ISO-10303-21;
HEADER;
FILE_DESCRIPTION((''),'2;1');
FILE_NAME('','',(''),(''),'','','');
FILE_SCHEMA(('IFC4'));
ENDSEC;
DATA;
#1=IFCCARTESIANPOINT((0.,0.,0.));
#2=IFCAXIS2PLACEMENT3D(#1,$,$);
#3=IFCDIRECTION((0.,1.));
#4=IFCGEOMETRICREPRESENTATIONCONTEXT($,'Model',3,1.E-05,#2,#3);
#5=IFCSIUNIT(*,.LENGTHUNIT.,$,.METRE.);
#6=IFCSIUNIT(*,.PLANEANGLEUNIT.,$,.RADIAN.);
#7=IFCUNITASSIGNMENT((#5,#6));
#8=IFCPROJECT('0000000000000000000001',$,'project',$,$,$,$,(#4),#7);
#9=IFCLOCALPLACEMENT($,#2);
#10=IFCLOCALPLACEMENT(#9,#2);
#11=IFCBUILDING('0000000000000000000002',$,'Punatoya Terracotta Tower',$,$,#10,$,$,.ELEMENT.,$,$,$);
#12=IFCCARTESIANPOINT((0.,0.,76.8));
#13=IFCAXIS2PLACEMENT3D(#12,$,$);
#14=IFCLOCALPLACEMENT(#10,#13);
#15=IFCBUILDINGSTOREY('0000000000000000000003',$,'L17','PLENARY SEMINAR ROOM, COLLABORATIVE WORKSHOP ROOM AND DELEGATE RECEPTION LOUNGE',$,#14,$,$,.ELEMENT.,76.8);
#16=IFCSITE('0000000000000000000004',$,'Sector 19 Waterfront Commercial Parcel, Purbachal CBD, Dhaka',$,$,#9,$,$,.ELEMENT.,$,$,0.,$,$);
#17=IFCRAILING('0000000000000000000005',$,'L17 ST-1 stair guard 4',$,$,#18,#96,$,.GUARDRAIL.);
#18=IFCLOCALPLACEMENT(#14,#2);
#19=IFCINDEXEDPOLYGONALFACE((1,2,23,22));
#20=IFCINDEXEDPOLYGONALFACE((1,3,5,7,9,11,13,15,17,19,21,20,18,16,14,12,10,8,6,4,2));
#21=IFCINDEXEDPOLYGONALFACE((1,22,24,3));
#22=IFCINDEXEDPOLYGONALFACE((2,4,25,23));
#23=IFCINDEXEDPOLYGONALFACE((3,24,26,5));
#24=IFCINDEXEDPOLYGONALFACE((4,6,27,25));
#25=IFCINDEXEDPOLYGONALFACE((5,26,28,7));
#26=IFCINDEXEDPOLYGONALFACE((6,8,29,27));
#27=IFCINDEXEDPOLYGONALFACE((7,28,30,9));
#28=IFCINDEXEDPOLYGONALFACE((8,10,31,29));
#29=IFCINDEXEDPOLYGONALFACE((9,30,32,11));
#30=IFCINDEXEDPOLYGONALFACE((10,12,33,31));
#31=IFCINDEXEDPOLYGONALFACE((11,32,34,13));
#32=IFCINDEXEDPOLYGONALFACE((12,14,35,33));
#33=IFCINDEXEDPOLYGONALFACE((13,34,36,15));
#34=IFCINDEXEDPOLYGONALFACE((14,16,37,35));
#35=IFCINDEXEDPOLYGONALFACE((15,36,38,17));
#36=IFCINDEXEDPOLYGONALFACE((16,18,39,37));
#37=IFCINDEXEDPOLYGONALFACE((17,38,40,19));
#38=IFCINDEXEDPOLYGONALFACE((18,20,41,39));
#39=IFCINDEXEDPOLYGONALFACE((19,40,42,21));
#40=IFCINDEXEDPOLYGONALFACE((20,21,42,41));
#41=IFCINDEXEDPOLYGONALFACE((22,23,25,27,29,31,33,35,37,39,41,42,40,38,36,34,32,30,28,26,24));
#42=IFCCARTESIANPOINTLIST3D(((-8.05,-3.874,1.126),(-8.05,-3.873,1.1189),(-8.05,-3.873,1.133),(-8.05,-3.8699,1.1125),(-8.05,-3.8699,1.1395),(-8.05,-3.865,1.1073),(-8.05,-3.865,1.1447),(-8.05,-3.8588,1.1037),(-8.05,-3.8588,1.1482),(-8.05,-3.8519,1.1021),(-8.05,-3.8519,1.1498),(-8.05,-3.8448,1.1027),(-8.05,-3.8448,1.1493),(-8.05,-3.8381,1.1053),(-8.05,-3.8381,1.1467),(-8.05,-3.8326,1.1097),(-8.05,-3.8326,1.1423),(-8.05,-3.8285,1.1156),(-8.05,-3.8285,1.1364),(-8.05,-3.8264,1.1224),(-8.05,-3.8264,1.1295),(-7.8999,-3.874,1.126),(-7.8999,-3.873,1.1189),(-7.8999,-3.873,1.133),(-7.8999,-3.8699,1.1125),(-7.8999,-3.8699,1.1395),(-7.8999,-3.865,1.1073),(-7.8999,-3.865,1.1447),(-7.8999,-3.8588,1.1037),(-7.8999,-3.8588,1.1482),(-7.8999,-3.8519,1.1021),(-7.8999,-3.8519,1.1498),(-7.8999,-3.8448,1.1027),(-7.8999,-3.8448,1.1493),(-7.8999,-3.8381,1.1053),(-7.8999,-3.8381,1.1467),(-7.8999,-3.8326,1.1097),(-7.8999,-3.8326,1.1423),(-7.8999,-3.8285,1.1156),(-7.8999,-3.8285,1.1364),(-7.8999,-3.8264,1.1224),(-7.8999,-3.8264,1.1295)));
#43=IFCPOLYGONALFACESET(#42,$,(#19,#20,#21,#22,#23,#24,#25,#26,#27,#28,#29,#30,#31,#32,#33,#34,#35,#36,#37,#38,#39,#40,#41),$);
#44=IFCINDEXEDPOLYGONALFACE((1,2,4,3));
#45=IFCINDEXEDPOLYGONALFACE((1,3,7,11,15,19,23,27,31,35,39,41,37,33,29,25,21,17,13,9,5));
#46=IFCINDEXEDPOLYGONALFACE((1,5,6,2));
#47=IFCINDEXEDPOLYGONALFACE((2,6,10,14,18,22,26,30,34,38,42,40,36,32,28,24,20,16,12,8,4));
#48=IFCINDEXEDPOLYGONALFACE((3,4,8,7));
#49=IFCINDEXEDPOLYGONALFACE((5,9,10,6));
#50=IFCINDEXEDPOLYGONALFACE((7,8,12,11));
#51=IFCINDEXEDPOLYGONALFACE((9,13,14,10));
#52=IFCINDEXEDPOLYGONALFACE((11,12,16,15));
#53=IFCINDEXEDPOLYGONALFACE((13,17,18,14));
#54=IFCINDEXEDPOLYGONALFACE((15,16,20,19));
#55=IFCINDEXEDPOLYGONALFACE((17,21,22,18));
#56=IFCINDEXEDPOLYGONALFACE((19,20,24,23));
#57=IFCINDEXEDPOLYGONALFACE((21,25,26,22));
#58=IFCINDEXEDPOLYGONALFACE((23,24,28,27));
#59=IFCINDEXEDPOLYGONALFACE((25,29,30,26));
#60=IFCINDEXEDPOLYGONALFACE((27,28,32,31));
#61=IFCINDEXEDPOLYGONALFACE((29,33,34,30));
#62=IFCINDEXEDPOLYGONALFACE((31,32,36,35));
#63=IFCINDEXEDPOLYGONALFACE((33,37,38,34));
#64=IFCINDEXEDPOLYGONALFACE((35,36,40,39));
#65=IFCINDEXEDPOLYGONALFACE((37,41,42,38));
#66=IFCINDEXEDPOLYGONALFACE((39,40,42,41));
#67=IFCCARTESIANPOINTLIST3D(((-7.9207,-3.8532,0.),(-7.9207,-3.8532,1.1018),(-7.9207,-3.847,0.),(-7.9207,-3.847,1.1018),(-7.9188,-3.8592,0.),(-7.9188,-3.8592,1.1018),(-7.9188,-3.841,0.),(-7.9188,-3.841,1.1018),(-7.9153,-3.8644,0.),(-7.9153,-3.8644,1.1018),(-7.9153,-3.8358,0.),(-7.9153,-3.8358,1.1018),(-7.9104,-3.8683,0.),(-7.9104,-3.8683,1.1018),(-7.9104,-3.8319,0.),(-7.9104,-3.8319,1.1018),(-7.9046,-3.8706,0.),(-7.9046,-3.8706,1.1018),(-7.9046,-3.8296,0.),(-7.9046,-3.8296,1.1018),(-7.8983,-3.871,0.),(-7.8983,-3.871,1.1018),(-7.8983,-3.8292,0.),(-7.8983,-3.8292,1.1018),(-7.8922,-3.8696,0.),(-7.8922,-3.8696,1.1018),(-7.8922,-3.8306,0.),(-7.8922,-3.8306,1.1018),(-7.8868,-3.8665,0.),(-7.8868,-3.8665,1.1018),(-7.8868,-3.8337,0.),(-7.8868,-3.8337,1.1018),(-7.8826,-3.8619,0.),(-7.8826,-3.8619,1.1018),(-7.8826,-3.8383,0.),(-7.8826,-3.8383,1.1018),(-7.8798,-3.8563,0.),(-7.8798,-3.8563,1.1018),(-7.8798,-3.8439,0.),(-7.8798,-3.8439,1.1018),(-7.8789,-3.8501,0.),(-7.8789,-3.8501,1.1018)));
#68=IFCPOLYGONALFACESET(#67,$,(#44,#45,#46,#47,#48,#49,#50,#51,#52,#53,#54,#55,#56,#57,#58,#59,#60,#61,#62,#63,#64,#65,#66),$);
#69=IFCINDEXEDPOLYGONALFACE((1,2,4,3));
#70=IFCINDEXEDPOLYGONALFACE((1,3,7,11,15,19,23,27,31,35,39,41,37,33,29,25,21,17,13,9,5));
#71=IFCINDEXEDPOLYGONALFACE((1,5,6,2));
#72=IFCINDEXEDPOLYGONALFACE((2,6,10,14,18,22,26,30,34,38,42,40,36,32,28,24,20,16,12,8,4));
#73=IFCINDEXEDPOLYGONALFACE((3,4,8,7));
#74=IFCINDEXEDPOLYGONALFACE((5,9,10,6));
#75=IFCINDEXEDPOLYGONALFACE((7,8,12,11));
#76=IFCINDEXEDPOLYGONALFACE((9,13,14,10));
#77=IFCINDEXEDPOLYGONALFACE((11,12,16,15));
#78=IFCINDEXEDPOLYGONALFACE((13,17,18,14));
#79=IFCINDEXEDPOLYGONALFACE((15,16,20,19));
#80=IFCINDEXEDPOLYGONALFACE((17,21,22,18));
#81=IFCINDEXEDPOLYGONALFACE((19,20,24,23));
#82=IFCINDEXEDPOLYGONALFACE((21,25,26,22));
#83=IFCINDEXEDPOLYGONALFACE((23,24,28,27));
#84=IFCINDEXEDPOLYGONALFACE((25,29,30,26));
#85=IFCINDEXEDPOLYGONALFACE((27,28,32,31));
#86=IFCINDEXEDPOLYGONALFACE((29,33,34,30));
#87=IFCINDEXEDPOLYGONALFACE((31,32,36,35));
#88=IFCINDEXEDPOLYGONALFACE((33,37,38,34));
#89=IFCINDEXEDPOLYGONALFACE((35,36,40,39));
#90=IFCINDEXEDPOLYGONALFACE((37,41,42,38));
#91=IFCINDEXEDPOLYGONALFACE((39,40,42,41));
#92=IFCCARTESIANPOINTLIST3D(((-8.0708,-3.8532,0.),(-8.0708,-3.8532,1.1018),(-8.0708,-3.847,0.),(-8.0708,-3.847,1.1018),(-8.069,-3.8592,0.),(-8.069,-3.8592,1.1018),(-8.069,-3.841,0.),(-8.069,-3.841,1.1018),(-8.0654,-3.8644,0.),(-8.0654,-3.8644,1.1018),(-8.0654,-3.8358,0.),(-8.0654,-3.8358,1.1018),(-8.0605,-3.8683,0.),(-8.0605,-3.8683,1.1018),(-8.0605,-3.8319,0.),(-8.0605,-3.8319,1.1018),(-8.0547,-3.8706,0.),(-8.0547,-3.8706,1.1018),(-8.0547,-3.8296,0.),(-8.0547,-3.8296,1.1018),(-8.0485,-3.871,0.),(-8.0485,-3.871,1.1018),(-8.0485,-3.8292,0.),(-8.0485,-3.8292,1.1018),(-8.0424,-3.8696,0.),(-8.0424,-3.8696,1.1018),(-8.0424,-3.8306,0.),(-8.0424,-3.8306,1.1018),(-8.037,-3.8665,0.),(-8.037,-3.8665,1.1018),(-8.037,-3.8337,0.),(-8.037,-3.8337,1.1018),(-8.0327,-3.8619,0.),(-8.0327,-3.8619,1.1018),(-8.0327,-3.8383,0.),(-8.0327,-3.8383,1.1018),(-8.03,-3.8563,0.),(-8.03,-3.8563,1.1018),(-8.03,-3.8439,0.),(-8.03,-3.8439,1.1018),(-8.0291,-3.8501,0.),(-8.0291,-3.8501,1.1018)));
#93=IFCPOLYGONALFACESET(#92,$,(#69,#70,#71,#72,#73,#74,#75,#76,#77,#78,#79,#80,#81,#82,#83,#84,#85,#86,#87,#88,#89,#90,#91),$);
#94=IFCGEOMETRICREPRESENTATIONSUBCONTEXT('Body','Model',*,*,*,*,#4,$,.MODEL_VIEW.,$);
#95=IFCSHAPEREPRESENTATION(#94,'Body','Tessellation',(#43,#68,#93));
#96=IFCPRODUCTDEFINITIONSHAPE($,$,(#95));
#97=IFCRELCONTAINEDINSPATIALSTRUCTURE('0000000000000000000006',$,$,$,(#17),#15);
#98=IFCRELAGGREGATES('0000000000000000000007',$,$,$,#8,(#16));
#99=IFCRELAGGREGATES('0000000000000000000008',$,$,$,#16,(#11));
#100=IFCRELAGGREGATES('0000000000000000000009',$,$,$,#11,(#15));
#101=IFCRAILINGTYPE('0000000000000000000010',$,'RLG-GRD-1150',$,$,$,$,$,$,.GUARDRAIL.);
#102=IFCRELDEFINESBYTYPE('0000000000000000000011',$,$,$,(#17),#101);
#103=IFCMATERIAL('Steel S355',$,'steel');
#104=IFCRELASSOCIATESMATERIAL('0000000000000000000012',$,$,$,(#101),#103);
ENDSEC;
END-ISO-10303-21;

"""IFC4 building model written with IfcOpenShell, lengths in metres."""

from ifc_helpers import new_model, si_unit, direction, frame, origin, origin_2d, place, context, subcontext, project, spatial, circle, extrude, material, type_object, element, save


model = new_model("IFC4")

# Units and contexts
model_context = context("Model", 3, precision=1e-05, world=origin(), true_north=direction((0.0, 1.0)))
body_context = subcontext(model_context, "Body", "Model", "MODEL_VIEW")
ifc_project = project(units=[si_unit("LENGTHUNIT", "METRE"), si_unit("PLANEANGLEUNIT", "RADIAN")], contexts=[model_context])

# Site, building, storey
site_placement = place(None, origin())
site = spatial("IfcSite", under=ifc_project, at=site_placement, Name="Sector 19 Waterfront Commercial Parcel, Purbachal CBD, Dhaka", CompositionType="ELEMENT", RefElevation=0.0)
building_placement = place(site_placement, origin())
building = spatial("IfcBuilding", under=site, at=building_placement, Name="Punatoya Terracotta Tower", CompositionType="ELEMENT")
storey_placement = place(building_placement, frame((0.0, 0.0, 76.8)))
storey = spatial("IfcBuildingStorey", under=building, at=storey_placement, Name="L17", Description="PLENARY SEMINAR ROOM, COLLABORATIVE WORKSHOP ROOM AND DELEGATE RECEPTION LOUNGE", CompositionType="ELEMENT", Elevation=76.8)

# Railing
ifc_material_1 = material(Name="Steel S355", Category="steel")
railing_type_1 = type_object("IfcRailingType", Name="RLG-GRD-1150", PredefinedType="GUARDRAIL", material=ifc_material_1)
railing_1_placement = place(storey_placement, frame((-7.8999, -3.8501, 0.0)))
element("IfcRailing", 1, at=railing_1_placement, inside=storey, type_object=railing_type_1, Name="L17 ST-1 stair guard 4", PredefinedType="GUARDRAIL", context=body_context, shape_type="SweptSolid", body=[
    extrude(circle(Radius=0.0239, at=origin_2d()), frame((0.0, 0.0, 1.126), z_axis=(-1.0, 0.0, 0.0), x_axis=(0.0, -1.0, 0.0)), (0.0, 0.0, 1.0), 0.1501),
    extrude(circle(Radius=0.021, at=origin_2d()), origin(), (0.0, 0.0, 1.0), 1.1018),
    extrude(circle(Radius=0.021, at=origin_2d()), frame((-0.1501, 0.0, 0.0)), (0.0, 0.0, 1.0), 1.1018),
])

save(model, "model.ifc")
